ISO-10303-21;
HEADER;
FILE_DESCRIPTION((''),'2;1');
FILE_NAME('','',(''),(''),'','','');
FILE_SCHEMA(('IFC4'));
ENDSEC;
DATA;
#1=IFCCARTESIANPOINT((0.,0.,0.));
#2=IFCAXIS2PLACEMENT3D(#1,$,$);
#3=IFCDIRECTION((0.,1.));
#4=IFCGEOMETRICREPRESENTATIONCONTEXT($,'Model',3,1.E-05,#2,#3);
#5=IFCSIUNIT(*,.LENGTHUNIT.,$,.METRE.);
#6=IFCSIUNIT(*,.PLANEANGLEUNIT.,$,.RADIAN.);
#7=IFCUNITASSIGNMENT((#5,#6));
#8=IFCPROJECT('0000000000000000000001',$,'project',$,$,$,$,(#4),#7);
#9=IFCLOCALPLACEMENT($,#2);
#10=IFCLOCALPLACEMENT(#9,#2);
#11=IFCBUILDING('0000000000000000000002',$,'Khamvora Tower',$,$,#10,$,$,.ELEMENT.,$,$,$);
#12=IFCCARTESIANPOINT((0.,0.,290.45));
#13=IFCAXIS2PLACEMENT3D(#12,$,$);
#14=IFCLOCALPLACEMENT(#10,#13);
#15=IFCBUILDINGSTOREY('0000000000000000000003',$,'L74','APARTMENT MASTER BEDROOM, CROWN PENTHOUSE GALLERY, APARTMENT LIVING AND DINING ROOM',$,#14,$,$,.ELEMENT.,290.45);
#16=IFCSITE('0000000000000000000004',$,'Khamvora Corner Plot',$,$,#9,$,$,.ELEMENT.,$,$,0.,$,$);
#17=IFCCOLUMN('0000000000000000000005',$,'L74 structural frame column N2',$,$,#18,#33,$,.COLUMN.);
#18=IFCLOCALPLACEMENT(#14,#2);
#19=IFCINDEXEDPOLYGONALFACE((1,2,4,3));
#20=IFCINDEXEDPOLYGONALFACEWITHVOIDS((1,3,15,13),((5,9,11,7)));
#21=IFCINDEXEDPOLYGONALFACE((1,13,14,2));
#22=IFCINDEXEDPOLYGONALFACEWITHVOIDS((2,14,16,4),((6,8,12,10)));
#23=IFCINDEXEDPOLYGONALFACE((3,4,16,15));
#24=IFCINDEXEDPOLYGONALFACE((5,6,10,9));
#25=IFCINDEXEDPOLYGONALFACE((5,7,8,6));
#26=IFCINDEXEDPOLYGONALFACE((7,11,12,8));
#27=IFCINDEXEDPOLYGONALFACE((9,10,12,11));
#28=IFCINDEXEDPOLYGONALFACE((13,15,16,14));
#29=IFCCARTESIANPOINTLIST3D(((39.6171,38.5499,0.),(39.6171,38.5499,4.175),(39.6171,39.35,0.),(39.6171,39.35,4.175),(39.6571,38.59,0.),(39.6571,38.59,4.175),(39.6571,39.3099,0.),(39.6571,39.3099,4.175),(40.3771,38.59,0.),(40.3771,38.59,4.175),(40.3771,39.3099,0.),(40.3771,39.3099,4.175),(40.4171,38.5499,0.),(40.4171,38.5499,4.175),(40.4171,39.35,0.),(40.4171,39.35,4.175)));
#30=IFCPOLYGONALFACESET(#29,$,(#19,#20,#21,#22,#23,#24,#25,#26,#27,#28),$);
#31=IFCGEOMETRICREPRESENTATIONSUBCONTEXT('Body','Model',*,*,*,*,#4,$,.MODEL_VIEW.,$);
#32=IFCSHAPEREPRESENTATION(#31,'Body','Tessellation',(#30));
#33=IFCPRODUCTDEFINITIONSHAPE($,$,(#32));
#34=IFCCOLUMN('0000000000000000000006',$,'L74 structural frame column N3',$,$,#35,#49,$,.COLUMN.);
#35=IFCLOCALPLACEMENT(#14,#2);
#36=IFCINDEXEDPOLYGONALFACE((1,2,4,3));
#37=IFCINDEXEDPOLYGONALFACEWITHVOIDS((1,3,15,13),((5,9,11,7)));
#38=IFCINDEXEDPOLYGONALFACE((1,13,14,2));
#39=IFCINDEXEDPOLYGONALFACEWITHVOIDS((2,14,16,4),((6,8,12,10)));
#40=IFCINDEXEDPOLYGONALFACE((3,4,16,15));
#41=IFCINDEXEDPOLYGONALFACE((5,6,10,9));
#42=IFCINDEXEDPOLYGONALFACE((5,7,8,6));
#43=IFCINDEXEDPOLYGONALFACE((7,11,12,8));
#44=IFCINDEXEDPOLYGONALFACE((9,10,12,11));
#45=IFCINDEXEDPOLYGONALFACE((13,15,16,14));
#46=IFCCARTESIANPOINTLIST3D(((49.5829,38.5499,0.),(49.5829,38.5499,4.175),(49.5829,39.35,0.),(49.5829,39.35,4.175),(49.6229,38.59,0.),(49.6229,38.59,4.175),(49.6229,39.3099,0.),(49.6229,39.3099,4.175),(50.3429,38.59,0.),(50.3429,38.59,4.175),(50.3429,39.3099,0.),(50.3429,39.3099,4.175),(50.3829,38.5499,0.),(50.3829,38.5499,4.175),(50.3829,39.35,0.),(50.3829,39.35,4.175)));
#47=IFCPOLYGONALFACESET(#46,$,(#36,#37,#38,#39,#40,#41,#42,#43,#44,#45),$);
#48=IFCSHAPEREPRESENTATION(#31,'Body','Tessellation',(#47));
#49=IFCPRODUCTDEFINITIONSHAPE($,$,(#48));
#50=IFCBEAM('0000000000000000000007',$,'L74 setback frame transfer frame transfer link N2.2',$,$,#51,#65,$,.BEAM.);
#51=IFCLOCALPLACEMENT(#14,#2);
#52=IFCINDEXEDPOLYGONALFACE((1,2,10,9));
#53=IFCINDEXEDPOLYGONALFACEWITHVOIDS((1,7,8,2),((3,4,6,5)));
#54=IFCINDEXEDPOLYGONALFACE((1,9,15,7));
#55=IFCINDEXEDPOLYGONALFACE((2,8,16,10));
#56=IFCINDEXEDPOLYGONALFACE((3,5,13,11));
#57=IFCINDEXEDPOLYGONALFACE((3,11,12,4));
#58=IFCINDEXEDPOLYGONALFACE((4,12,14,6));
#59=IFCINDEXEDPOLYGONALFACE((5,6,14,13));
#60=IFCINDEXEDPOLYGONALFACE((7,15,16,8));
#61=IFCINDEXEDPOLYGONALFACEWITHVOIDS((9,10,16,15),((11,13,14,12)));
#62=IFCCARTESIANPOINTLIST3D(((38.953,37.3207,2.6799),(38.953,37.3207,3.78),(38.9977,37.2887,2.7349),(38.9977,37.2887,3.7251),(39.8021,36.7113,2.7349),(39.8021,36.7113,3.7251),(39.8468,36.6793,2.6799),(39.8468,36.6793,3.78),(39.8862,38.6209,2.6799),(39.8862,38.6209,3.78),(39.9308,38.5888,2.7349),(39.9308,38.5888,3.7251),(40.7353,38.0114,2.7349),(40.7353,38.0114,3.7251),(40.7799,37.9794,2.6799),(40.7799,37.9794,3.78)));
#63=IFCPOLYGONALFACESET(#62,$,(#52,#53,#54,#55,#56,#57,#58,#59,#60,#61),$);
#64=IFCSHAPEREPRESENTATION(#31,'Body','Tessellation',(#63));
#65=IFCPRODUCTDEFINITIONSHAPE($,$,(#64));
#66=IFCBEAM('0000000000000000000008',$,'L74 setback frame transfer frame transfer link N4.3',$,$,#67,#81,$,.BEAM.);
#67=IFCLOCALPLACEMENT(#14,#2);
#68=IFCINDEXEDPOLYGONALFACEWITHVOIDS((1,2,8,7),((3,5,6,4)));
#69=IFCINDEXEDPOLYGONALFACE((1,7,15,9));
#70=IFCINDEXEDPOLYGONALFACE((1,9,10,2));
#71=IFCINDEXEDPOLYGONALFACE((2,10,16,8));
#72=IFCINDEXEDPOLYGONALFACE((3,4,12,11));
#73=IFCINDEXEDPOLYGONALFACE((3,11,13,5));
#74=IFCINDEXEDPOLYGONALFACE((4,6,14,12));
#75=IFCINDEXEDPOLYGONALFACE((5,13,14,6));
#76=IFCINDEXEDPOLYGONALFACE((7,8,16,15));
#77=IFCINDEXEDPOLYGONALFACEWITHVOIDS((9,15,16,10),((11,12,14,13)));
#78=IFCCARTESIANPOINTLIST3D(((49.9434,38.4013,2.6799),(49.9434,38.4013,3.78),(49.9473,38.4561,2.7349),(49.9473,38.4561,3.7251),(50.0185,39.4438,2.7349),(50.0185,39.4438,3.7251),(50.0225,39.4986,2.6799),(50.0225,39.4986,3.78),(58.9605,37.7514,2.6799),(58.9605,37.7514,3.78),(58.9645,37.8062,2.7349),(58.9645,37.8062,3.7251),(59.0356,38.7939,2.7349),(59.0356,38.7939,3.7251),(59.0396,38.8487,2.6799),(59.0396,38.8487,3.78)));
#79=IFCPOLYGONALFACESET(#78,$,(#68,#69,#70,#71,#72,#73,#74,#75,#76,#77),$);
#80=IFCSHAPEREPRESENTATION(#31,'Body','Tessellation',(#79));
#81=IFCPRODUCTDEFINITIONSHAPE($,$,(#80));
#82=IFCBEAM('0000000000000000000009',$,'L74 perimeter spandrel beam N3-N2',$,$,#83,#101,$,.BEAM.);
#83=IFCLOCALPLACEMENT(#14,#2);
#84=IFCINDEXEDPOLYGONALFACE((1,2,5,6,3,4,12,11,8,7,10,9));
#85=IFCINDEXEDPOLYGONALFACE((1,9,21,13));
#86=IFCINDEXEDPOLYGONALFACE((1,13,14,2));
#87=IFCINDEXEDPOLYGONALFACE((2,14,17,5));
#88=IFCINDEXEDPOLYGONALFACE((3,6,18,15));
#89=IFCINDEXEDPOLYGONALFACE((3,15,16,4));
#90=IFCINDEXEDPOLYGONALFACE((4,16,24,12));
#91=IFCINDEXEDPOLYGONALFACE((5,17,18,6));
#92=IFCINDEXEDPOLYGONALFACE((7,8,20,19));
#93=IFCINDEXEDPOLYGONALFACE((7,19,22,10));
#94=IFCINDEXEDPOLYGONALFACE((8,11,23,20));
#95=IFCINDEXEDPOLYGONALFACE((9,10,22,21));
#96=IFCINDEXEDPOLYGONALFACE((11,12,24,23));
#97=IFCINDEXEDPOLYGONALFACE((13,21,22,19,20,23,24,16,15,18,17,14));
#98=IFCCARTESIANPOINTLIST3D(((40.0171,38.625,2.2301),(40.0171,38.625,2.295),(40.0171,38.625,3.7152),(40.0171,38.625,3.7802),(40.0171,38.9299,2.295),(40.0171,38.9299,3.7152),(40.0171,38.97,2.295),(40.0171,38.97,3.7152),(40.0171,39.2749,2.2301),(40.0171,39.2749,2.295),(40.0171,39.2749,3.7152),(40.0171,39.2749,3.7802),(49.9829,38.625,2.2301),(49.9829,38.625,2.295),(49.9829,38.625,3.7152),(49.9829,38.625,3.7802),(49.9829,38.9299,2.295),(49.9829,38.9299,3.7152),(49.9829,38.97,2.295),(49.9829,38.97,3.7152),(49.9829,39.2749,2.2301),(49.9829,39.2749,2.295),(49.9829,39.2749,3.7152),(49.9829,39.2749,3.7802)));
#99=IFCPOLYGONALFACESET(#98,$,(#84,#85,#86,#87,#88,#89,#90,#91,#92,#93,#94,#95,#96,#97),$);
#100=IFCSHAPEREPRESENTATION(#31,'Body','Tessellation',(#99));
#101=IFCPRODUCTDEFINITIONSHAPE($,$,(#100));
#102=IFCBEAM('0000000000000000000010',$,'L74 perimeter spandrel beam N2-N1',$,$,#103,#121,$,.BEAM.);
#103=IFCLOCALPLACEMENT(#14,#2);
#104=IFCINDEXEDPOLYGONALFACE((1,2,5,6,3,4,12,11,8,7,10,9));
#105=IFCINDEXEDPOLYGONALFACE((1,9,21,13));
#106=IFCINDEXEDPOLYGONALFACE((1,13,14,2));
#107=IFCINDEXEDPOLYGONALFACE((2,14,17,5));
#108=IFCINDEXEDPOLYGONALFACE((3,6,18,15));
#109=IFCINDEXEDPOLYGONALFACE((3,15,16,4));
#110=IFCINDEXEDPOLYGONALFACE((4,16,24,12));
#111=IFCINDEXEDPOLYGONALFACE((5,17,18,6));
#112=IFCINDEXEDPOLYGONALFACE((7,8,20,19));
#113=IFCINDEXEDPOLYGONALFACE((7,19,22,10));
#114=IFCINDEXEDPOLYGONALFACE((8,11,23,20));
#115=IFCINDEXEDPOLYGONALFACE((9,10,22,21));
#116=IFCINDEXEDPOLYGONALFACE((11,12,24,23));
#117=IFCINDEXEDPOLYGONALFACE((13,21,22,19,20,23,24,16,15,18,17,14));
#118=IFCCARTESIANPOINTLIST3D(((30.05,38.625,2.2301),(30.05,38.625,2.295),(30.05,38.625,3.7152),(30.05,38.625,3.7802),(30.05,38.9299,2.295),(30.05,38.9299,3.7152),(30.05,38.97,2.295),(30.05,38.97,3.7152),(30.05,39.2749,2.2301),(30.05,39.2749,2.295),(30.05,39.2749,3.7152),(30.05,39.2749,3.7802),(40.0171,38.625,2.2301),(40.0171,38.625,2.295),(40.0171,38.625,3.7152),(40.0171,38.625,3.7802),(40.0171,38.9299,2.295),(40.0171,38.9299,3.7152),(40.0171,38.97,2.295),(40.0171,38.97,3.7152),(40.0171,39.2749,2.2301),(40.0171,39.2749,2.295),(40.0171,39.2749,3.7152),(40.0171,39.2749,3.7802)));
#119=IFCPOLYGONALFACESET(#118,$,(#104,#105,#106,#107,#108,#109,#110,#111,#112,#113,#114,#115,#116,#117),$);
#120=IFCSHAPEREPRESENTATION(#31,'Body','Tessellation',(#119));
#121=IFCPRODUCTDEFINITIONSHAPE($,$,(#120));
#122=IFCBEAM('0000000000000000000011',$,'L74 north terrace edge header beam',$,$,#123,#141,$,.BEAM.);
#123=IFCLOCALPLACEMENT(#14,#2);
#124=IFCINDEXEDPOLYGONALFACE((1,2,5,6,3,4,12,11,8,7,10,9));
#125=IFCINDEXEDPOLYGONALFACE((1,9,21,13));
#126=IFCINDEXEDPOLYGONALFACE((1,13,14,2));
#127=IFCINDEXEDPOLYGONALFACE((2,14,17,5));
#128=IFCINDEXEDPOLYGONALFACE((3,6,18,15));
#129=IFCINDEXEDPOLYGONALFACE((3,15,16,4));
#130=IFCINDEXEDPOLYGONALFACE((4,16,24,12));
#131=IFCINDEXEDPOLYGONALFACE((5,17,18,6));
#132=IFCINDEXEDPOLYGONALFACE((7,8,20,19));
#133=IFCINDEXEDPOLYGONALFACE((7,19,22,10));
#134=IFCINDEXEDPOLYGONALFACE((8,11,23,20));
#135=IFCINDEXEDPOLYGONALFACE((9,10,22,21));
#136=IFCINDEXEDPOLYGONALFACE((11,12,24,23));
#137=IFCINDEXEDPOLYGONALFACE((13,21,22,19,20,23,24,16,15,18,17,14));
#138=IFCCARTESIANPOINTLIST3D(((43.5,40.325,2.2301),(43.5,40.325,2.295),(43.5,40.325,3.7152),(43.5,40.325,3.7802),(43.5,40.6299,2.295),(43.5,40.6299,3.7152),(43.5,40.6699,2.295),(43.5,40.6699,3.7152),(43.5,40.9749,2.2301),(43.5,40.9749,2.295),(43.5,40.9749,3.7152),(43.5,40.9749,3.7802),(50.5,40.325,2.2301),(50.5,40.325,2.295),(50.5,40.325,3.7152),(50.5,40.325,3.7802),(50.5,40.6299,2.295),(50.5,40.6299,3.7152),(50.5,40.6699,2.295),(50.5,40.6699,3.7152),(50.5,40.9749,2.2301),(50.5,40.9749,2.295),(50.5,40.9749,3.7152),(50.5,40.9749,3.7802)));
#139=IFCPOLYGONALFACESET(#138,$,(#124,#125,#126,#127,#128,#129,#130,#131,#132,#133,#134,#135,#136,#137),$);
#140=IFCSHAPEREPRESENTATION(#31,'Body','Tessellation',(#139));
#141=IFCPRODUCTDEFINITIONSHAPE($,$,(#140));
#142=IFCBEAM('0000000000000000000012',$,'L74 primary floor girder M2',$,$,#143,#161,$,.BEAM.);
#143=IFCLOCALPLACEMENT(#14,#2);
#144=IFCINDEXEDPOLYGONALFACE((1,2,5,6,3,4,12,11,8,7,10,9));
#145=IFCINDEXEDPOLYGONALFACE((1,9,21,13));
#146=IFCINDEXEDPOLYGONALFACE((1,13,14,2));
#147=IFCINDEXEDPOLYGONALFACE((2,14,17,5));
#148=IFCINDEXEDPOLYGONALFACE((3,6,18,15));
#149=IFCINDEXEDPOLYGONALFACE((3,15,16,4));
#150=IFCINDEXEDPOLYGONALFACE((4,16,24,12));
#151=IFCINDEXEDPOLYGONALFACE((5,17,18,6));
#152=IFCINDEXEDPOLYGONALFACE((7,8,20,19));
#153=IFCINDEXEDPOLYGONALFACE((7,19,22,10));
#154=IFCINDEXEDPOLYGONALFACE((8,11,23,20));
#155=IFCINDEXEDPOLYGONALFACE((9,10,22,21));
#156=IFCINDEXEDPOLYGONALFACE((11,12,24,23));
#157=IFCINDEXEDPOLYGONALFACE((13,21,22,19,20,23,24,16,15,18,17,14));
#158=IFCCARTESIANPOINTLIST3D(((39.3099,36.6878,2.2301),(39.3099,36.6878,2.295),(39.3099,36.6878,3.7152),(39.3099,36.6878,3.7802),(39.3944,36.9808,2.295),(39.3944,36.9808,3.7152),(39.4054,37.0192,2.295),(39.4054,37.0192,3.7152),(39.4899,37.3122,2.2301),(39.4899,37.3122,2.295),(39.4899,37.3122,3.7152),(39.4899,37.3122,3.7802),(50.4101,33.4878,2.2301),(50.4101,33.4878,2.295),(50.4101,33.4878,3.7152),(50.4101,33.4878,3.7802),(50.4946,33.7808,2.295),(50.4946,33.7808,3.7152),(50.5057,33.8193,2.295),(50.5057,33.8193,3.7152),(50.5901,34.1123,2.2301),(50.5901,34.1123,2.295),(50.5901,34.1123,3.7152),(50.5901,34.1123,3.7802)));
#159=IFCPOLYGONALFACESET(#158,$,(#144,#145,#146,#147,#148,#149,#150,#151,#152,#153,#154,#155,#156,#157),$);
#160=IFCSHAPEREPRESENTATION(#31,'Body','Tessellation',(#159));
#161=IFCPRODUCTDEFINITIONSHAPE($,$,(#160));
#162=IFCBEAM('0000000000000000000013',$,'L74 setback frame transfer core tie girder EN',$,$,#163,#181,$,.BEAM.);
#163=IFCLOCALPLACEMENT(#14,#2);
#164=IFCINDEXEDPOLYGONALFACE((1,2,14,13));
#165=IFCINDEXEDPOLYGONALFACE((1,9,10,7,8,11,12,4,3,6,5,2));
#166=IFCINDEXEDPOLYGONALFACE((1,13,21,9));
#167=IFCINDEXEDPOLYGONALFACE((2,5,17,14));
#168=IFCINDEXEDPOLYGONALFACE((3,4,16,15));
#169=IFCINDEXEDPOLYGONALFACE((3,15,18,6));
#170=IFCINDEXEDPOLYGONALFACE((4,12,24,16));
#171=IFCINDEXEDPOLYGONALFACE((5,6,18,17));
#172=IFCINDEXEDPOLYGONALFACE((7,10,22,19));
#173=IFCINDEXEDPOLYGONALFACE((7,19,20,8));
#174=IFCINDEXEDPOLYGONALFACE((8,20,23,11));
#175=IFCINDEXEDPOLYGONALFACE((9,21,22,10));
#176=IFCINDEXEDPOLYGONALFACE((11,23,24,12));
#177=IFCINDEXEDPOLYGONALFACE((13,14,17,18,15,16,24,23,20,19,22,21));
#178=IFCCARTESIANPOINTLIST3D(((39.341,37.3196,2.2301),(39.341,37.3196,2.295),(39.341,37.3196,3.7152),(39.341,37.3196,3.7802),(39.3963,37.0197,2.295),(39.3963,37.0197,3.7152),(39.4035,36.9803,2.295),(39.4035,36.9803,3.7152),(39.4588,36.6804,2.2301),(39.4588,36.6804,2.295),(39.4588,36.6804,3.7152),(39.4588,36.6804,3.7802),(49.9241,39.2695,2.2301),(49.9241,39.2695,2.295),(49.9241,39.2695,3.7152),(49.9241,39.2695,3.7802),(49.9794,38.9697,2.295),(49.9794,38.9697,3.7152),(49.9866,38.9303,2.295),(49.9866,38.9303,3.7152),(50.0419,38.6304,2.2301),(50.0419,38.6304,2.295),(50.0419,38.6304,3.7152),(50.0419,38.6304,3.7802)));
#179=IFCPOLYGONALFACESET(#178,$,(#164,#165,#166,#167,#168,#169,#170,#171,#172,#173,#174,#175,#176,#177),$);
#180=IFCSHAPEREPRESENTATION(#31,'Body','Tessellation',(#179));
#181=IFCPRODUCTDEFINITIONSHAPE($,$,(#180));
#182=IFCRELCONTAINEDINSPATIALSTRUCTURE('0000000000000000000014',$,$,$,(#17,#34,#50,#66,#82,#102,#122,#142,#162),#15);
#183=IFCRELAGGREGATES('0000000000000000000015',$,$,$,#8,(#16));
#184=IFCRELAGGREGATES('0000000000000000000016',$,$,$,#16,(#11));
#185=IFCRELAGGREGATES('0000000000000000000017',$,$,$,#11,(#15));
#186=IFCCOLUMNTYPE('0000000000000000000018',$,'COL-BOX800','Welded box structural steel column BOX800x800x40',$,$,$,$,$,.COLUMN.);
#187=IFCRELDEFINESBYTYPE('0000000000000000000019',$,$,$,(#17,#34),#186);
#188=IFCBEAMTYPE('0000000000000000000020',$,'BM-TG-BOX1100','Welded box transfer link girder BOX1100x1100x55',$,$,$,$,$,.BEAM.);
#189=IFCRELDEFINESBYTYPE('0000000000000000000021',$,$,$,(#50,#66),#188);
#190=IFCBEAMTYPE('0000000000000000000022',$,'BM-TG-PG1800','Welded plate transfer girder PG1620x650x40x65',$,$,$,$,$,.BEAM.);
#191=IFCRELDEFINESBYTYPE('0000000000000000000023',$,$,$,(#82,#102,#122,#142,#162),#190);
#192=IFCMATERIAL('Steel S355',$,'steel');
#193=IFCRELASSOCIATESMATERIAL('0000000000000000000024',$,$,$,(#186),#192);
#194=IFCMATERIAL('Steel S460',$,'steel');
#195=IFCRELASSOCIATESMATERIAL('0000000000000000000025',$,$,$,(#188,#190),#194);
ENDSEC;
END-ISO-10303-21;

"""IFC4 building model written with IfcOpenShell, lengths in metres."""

from ifc_helpers import new_model, si_unit, direction, frame, origin, origin_2d, place, context, subcontext, project, spatial, hollow_rectangle, i_section, extrude, material, material_profile, profile_set, type_object, element, save


model = new_model("IFC4")

# Units and contexts
model_context = context("Model", 3, precision=1e-05, world=origin(), true_north=direction((0.0, 1.0)))
body_context = subcontext(model_context, "Body", "Model", "MODEL_VIEW")
ifc_project = project(units=[si_unit("LENGTHUNIT", "METRE"), si_unit("PLANEANGLEUNIT", "RADIAN")], contexts=[model_context])

# Site, building, storey
site_placement = place(None, origin())
site = spatial("IfcSite", under=ifc_project, at=site_placement, Name="Khamvora Corner Plot", CompositionType="ELEMENT", RefElevation=0.0)
building_placement = place(site_placement, origin())
building = spatial("IfcBuilding", under=site, at=building_placement, Name="Khamvora Tower", CompositionType="ELEMENT")
storey_placement = place(building_placement, frame((0.0, 0.0, 290.45)))
storey = spatial("IfcBuildingStorey", under=building, at=storey_placement, Name="L74", Description="APARTMENT MASTER BEDROOM, CROWN PENTHOUSE GALLERY, APARTMENT LIVING AND DINING ROOM", CompositionType="ELEMENT", Elevation=290.45)

# Columns
ifc_material_1 = material(Name="Steel S355", Category="steel")
ifc_material_profile_1 = material_profile(ifc_material_1, hollow_rectangle(XDim=0.8, YDim=0.8, WallThickness=0.04, at=origin_2d()), Name="BOX800x800x40")
ifc_profile_set_1 = profile_set([ifc_material_profile_1], Name="Steel S355")
column_type = type_object("IfcColumnType", Name="COL-BOX800", Description="Welded box structural steel column BOX800x800x40", PredefinedType="COLUMN", material=ifc_profile_set_1)
for number, where, z_axis, x_axis, name in (
    (1, (40.0171, 38.95, 0.0), (0.0, 0.0, 1.0), (1.0, 0.0, 0.0), "L74 structural frame column N2"),
    (2, (49.9829, 38.95, 0.0), (0.0, 0.0, 1.0), (1.0, 0.0, 0.0), "L74 structural frame column N3"),
):
    element("IfcColumn", number, at=place(storey_placement, frame(where, z_axis=z_axis, x_axis=x_axis)), inside=storey, type_object=column_type, Name=name, PredefinedType="COLUMN", context=body_context, shape_type="SweptSolid", body=[
        extrude(hollow_rectangle(XDim=0.8, YDim=0.8, WallThickness=0.04, at=origin_2d()), origin(), (0.0, 0.0, 1.0), 4.175),
    ])

# Beams
ifc_material_2 = material(Name="Steel S460", Category="steel")
ifc_material_profile_2 = material_profile(ifc_material_2, hollow_rectangle(XDim=1.1001, YDim=1.1001, WallThickness=0.0549, at=origin_2d()), Name="BOX1100x1100x55")
ifc_profile_set_2 = profile_set([ifc_material_profile_2], Name="Steel S460")
beam_type_1 = type_object("IfcBeamType", Name="BM-TG-BOX1100", Description="Welded box transfer link girder BOX1100x1100x55", PredefinedType="BEAM", material=ifc_profile_set_2)
beam_1_placement = place(storey_placement, frame((39.3999, 37.0, 3.23), z_axis=(0.583098, 0.812402, 0.0), x_axis=(-0.812402, 0.583098, 0.0)))
element("IfcBeam", 3, at=beam_1_placement, inside=storey, type_object=beam_type_1, Name="L74 setback frame transfer frame transfer link N2.2", PredefinedType="BEAM", context=body_context, shape_type="SweptSolid", body=[
    extrude(hollow_rectangle(XDim=1.1001, YDim=1.1001, WallThickness=0.0549, at=origin_2d()), origin(), (0.0, 0.0, 1.0), 1.6003),
])
beam_2_placement = place(storey_placement, frame((49.9829, 38.95, 3.23), z_axis=(0.997413, -0.071888, 0.0), x_axis=(0.071888, 0.997413, 0.0)))
element("IfcBeam", 4, at=beam_2_placement, inside=storey, type_object=beam_type_1, Name="L74 setback frame transfer frame transfer link N4.3", PredefinedType="BEAM", context=body_context, shape_type="SweptSolid", body=[
    extrude(hollow_rectangle(XDim=1.1001, YDim=1.1001, WallThickness=0.0549, at=origin_2d()), origin(), (0.0, 0.0, 1.0), 9.0405),
])
ifc_material_profile_3 = material_profile(ifc_material_2, i_section(OverallWidth=0.6499, OverallDepth=1.55, WebThickness=0.04, FlangeThickness=0.0649, at=origin_2d()), Name="PG1550x650x40x65")
ifc_profile_set_3 = profile_set([ifc_material_profile_3], Name="Steel S460")
beam_type_2 = type_object("IfcBeamType", Name="BM-TG-PG1800", Description="Welded plate transfer girder PG1620x650x40x65", PredefinedType="BEAM", material=ifc_profile_set_3)
beam_3_placement = place(storey_placement, frame((49.9829, 38.95, 3.0051), z_axis=(-1.0, 0.0, 0.0), x_axis=(0.0, -1.0, 0.0)))
element("IfcBeam", 5, at=beam_3_placement, inside=storey, type_object=beam_type_2, Name="L74 perimeter spandrel beam N3-N2", PredefinedType="BEAM", context=body_context, shape_type="SweptSolid", body=[
    extrude(i_section(OverallWidth=0.6499, OverallDepth=1.55, WebThickness=0.04, FlangeThickness=0.0649, at=origin_2d()), origin(), (0.0, 0.0, 1.0), 9.9658),
])
beam_4_placement = place(storey_placement, frame((40.0171, 38.95, 3.0051), z_axis=(-1.0, 0.0, 0.0), x_axis=(0.0, -1.0, 0.0)))
element("IfcBeam", 6, at=beam_4_placement, inside=storey, type_object=beam_type_2, Name="L74 perimeter spandrel beam N2-N1", PredefinedType="BEAM", context=body_context, shape_type="SweptSolid", body=[
    extrude(i_section(OverallWidth=0.6499, OverallDepth=1.55, WebThickness=0.04, FlangeThickness=0.0649, at=origin_2d()), origin(), (0.0, 0.0, 1.0), 9.967),
])
beam_5_placement = place(storey_placement, frame((43.5, 40.6499, 3.0051), z_axis=(1.0, 0.0, 0.0), x_axis=(0.0, 1.0, 0.0)))
element("IfcBeam", 7, at=beam_5_placement, inside=storey, type_object=beam_type_2, Name="L74 north terrace edge header beam", PredefinedType="BEAM", context=body_context, shape_type="SweptSolid", body=[
    extrude(i_section(OverallWidth=0.6499, OverallDepth=1.55, WebThickness=0.04, FlangeThickness=0.0649, at=origin_2d()), origin(), (0.0, 0.0, 1.0), 7.0),
])
beam_6_placement = place(storey_placement, frame((39.3999, 37.0, 3.0051), z_axis=(0.96087, -0.277001, 0.0), x_axis=(0.277001, 0.96087, 0.0)))
element("IfcBeam", 8, at=beam_6_placement, inside=storey, type_object=beam_type_2, Name="L74 primary floor girder M2", PredefinedType="BEAM", context=body_context, shape_type="SweptSolid", body=[
    extrude(i_section(OverallWidth=0.6499, OverallDepth=1.55, WebThickness=0.04, FlangeThickness=0.0649, at=origin_2d()), origin(), (0.0, 0.0, 1.0), 11.5522),
])
beam_7_placement = place(storey_placement, frame((39.3999, 37.0, 3.0051), z_axis=(0.983446, 0.181203, 0.0), x_axis=(-0.181203, 0.983446, 0.0)))
element("IfcBeam", 9, at=beam_7_placement, inside=storey, type_object=beam_type_2, Name="L74 setback frame transfer core tie girder EN", PredefinedType="BEAM", context=body_context, shape_type="SweptSolid", body=[
    extrude(i_section(OverallWidth=0.6499, OverallDepth=1.55, WebThickness=0.04, FlangeThickness=0.0649, at=origin_2d()), origin(), (0.0, 0.0, 1.0), 10.7612),
])

save(model, "model.ifc")
